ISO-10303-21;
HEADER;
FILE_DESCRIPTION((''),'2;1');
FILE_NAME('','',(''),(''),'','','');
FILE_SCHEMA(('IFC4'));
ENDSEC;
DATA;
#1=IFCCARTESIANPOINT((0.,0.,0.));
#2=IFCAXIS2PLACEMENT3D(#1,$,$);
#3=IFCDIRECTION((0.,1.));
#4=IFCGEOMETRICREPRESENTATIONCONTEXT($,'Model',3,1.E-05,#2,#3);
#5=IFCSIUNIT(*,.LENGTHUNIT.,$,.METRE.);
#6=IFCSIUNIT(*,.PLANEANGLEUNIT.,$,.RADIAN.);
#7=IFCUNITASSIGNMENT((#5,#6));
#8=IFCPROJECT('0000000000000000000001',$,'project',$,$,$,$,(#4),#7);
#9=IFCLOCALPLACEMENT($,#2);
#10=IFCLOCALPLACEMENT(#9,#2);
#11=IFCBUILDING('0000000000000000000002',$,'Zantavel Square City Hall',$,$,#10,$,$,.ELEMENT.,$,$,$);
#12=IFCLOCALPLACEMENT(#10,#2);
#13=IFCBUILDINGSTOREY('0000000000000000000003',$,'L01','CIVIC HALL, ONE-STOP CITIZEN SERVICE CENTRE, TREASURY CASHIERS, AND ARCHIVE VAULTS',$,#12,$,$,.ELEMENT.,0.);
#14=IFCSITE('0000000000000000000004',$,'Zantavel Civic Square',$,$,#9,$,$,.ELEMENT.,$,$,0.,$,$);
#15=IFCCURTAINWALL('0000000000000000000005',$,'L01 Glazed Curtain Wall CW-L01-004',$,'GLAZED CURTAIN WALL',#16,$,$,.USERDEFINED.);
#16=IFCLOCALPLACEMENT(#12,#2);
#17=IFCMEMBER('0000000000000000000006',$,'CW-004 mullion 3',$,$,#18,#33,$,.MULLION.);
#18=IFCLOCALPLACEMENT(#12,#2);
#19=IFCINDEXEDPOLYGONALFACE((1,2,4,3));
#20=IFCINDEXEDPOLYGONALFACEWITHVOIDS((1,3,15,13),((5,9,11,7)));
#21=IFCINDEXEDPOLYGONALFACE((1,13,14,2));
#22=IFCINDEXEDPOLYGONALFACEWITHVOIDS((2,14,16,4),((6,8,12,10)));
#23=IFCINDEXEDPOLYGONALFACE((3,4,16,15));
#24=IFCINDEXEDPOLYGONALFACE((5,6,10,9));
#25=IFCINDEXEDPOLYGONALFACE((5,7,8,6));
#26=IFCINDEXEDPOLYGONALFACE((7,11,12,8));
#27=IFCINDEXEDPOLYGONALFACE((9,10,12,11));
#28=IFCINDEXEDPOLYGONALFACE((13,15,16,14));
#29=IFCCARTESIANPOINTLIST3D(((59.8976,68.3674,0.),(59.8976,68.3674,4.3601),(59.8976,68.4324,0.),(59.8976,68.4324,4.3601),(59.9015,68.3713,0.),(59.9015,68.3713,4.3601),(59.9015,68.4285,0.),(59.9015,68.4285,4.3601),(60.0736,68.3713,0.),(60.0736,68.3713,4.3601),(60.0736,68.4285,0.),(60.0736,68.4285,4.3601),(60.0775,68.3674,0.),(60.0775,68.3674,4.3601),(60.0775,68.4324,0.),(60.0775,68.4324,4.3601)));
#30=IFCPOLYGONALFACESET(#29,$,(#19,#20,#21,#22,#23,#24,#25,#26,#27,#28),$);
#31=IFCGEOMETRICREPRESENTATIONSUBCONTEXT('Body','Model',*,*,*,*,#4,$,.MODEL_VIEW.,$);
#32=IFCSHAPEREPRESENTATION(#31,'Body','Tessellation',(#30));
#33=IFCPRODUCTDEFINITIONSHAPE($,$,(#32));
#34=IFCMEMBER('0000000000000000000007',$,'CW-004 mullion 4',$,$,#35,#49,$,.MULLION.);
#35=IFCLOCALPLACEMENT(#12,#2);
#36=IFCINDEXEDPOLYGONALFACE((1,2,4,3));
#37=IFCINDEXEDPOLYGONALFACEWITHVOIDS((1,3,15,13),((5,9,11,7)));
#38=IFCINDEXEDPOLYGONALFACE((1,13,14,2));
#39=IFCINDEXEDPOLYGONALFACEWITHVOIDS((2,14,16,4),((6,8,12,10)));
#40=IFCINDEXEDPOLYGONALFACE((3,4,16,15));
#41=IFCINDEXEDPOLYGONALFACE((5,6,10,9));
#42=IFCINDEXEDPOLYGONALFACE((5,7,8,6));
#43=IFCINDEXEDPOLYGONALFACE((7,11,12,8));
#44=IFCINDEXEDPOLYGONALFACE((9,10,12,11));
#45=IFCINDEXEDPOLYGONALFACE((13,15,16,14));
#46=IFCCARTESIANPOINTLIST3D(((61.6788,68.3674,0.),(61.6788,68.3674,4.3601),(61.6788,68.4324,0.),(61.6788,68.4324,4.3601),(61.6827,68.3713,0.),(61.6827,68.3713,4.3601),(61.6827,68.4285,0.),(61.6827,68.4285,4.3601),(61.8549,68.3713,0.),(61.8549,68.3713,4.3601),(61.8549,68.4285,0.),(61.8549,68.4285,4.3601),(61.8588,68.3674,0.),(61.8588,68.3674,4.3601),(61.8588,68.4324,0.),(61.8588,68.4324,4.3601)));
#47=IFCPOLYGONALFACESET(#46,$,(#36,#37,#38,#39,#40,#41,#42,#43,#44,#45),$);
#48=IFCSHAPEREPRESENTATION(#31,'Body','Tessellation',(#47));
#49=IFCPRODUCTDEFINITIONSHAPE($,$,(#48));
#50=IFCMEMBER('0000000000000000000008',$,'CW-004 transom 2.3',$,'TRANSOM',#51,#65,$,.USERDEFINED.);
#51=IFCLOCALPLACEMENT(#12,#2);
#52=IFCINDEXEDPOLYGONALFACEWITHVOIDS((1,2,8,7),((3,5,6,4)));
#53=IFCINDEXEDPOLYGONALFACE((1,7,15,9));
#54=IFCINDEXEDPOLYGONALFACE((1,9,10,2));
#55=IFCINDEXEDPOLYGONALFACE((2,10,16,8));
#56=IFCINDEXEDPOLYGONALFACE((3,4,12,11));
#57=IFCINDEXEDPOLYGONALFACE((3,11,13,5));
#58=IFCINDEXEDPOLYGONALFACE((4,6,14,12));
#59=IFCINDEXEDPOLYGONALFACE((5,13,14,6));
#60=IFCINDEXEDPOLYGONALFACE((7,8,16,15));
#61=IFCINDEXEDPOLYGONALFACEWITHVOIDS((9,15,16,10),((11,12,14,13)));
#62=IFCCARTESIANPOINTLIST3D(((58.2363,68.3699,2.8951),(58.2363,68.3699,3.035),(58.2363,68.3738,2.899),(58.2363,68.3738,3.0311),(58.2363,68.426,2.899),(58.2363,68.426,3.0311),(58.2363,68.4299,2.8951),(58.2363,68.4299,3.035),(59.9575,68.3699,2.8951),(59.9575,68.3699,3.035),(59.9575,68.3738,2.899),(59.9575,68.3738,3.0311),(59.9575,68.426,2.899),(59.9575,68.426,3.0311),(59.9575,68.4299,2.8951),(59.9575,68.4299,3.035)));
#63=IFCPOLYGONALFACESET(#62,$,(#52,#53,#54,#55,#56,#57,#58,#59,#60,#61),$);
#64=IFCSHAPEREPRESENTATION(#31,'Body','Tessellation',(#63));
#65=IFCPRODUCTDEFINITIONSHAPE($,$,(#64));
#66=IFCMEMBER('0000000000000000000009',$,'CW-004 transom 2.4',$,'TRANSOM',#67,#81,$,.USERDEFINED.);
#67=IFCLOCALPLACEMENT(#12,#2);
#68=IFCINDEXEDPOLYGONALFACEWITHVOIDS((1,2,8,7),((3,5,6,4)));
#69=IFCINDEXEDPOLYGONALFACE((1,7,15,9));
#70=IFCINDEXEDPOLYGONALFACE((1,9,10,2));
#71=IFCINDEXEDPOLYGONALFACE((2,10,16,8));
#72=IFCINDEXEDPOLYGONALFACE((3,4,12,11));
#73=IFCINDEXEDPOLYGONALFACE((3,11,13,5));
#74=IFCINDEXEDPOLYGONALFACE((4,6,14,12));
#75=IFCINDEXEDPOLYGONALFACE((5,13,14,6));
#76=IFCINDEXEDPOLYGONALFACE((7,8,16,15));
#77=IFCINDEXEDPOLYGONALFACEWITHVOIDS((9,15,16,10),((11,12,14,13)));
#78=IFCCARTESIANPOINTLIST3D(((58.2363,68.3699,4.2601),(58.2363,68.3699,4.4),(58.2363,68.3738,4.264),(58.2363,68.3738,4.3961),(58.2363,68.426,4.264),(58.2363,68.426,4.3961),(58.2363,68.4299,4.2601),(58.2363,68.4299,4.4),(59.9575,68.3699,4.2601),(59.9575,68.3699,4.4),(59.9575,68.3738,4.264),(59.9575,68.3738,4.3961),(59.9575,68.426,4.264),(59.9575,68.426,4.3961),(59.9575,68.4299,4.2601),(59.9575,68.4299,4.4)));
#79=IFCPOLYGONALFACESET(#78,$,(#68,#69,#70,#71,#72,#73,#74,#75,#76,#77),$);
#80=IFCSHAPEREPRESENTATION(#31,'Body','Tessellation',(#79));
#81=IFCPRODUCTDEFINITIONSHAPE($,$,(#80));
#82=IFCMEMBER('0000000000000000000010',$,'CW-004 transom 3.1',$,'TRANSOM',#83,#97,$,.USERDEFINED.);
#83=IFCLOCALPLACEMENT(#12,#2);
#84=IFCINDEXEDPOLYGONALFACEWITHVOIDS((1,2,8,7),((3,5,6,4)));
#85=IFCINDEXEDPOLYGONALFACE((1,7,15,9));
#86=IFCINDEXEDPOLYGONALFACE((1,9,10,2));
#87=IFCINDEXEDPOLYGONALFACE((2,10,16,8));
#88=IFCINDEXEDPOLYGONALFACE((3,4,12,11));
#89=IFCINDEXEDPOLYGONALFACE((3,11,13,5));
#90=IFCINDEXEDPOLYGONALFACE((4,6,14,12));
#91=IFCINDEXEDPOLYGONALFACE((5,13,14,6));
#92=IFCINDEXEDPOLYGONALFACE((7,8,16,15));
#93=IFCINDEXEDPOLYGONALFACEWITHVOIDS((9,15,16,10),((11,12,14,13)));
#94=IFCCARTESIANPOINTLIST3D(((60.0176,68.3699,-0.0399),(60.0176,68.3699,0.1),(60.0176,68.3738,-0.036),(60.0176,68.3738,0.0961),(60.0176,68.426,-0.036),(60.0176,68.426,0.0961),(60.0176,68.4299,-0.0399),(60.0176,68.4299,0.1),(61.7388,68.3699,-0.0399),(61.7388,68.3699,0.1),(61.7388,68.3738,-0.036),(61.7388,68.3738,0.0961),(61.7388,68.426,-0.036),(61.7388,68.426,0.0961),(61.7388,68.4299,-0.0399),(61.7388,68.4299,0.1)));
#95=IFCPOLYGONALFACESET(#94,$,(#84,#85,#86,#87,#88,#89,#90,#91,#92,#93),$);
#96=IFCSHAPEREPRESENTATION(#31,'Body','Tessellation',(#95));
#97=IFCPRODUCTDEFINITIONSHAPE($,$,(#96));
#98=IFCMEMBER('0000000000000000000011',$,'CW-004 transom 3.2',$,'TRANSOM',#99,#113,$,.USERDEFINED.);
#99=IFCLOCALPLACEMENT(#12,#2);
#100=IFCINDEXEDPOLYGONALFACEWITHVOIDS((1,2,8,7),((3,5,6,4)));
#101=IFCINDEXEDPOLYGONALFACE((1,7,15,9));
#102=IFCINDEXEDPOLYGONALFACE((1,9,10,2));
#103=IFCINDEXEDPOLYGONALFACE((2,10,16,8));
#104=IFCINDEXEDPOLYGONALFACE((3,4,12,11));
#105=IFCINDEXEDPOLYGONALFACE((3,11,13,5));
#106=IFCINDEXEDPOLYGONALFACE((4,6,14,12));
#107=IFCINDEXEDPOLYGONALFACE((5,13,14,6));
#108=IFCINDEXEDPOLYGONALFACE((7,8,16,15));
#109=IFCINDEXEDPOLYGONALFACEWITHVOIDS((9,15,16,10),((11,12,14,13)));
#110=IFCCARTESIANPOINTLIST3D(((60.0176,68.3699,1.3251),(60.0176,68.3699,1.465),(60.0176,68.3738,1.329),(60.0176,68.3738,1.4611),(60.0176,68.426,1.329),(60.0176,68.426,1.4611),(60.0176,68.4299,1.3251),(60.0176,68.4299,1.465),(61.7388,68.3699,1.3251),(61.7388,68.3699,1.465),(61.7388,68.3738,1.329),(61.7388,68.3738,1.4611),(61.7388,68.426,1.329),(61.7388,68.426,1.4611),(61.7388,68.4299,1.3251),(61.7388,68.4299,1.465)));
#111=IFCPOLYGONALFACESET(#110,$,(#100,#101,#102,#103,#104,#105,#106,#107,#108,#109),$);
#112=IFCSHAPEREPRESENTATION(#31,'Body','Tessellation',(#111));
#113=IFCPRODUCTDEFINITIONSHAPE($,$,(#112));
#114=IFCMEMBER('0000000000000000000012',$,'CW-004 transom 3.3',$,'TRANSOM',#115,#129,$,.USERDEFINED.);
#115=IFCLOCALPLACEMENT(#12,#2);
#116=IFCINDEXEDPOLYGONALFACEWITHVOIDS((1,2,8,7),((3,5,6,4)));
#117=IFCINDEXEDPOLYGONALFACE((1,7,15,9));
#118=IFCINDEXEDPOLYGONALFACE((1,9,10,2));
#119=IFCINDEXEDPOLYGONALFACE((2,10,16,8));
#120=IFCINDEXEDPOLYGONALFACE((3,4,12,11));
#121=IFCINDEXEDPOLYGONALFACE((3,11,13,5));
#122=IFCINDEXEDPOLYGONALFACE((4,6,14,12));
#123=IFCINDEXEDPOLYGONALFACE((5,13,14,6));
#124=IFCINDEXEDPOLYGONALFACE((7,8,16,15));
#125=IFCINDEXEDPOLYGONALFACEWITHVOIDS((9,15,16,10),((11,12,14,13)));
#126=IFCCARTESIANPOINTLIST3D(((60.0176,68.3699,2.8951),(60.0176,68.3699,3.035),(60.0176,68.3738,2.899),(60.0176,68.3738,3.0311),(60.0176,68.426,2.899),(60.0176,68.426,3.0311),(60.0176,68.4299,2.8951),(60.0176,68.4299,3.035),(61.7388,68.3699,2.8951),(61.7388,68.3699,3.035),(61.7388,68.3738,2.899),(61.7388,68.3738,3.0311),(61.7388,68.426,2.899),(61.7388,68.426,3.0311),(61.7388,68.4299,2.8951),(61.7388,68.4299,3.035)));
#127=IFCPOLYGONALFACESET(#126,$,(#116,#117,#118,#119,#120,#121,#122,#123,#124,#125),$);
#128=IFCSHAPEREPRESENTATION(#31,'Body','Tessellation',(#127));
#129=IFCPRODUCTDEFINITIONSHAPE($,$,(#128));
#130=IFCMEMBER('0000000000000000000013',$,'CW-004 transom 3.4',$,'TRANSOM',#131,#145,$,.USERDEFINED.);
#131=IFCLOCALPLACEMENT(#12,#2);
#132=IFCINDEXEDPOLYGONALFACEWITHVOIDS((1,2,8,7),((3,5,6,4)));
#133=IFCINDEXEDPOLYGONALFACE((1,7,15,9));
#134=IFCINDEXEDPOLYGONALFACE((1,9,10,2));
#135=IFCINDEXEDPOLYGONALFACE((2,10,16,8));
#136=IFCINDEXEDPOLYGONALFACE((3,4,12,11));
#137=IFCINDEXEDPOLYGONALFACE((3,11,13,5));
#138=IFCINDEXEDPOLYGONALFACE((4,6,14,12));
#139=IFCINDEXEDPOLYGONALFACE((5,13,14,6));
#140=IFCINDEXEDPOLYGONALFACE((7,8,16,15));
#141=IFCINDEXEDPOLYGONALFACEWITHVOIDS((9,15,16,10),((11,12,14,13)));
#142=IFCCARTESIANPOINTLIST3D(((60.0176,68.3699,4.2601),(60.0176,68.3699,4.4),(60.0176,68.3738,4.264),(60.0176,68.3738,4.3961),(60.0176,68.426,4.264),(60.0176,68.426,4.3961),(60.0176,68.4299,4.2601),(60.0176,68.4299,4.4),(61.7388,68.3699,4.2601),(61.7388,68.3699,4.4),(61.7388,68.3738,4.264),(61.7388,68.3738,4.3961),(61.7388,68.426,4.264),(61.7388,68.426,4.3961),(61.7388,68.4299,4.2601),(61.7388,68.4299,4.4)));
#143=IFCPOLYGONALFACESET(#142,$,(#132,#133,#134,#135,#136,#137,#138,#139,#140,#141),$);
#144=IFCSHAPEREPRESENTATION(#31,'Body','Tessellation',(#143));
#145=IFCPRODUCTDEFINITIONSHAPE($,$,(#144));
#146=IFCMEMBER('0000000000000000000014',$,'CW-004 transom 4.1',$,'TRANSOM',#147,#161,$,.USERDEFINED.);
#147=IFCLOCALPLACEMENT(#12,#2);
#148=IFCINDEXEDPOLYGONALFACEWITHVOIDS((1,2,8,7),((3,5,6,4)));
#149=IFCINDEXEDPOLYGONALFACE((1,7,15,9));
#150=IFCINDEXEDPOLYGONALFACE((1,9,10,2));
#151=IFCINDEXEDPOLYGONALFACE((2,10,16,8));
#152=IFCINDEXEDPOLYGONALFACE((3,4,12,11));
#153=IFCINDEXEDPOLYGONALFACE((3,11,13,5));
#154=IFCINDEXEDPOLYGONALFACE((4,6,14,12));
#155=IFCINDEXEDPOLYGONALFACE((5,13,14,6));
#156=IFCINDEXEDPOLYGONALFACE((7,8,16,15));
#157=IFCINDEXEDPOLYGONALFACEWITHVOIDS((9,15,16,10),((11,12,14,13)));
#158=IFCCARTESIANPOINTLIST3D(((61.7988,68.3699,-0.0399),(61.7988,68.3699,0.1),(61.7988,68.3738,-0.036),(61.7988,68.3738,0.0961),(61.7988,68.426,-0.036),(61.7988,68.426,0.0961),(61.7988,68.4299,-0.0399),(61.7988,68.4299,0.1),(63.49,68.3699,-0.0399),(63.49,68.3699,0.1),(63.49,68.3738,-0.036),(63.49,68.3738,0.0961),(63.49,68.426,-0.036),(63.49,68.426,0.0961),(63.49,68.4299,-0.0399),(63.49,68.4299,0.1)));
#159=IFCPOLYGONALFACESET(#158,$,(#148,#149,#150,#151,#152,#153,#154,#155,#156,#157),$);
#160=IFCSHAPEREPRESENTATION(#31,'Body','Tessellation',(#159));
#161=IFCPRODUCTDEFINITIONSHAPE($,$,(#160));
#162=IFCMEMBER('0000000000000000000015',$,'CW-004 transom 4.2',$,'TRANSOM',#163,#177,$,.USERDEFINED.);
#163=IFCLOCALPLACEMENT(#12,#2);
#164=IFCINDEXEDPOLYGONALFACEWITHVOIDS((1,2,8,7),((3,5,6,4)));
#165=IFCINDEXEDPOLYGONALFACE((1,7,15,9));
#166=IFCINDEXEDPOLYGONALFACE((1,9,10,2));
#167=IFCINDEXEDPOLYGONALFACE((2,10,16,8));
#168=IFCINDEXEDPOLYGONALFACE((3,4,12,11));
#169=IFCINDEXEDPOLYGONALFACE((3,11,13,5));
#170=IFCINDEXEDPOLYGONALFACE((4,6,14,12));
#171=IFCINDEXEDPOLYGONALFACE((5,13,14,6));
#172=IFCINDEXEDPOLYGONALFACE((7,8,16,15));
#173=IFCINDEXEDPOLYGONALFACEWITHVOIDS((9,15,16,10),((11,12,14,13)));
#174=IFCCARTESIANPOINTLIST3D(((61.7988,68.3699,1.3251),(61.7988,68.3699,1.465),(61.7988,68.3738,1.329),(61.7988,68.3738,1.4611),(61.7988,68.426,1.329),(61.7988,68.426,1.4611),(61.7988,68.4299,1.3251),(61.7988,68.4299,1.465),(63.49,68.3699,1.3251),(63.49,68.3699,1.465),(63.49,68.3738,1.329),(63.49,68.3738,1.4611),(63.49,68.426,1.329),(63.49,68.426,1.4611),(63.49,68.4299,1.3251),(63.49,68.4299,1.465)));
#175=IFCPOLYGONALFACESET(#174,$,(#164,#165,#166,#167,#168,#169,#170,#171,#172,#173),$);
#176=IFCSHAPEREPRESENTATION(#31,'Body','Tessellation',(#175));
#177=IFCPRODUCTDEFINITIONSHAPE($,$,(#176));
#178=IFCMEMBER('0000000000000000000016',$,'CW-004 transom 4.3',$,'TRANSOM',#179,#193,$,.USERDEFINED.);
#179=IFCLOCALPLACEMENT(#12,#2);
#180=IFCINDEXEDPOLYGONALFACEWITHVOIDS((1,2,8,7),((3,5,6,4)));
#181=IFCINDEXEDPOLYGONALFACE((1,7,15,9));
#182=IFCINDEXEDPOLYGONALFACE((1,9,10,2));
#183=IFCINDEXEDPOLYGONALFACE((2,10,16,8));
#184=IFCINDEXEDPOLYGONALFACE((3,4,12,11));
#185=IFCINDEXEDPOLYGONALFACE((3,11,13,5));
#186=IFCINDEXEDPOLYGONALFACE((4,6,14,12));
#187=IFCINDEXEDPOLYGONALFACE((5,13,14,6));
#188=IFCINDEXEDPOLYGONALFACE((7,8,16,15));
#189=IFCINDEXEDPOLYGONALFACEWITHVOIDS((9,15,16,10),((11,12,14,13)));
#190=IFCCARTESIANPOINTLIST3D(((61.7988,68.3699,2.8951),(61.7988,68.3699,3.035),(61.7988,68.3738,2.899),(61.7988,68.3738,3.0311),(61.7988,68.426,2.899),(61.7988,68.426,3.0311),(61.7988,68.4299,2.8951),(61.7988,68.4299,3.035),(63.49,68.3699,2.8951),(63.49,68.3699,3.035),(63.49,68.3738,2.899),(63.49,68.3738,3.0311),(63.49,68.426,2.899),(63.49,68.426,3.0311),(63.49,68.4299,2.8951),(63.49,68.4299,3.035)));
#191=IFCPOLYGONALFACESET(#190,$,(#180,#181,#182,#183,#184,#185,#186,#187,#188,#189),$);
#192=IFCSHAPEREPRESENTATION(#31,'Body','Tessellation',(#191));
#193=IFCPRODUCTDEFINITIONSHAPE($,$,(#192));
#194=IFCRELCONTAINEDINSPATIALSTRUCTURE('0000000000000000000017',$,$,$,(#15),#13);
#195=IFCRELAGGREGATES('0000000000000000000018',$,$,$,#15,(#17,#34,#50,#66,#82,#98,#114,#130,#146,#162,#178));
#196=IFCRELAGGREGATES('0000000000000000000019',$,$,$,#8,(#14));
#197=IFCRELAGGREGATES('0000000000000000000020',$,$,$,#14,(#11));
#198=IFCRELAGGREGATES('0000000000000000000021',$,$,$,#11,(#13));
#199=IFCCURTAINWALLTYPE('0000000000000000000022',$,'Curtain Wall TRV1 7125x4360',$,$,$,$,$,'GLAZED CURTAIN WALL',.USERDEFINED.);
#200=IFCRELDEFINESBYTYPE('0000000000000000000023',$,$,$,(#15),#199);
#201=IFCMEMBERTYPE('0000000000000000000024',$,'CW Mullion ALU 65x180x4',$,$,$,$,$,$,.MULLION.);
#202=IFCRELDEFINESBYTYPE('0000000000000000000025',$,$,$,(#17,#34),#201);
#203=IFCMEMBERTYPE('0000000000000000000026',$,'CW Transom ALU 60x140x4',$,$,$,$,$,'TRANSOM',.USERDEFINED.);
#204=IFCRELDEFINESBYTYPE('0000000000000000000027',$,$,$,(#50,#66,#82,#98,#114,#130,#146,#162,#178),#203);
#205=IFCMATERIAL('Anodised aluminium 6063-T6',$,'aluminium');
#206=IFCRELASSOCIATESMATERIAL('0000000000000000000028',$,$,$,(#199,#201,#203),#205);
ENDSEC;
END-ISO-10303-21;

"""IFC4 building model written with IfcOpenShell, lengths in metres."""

from ifc_helpers import new_model, si_unit, direction, frame, origin, origin_2d, place, context, subcontext, project, spatial, hollow_rectangle, extrude, material, material_profile, profile_set, type_object, element, aggregate, save


model = new_model("IFC4")

# Units and contexts
model_context = context("Model", 3, precision=1e-05, world=origin(), true_north=direction((0.0, 1.0)))
body_context = subcontext(model_context, "Body", "Model", "MODEL_VIEW")
ifc_project = project(units=[si_unit("LENGTHUNIT", "METRE"), si_unit("PLANEANGLEUNIT", "RADIAN")], contexts=[model_context])

# Site, building, storey
site_placement = place(None, origin())
site = spatial("IfcSite", under=ifc_project, at=site_placement, Name="Zantavel Civic Square", CompositionType="ELEMENT", RefElevation=0.0)
building_placement = place(site_placement, origin())
building = spatial("IfcBuilding", under=site, at=building_placement, Name="Zantavel Square City Hall", CompositionType="ELEMENT")
storey_placement = place(building_placement, origin())
storey = spatial("IfcBuildingStorey", under=building, at=storey_placement, Name="L01", Description="CIVIC HALL, ONE-STOP CITIZEN SERVICE CENTRE, TREASURY CASHIERS, AND ARCHIVE VAULTS", CompositionType="ELEMENT", Elevation=0.0)

# Curtain wall, members
ifc_material_1 = material(Name="Anodised aluminium 6063-T6", Category="aluminium")
curtain_wall_type = type_object("IfcCurtainWallType", Name="Curtain Wall TRV1 7125x4360", ElementType="GLAZED CURTAIN WALL", PredefinedType="USERDEFINED", material=ifc_material_1)
curtain_wall_placement = place(storey_placement, origin())
curtain_wall = element("IfcCurtainWall", 1, at=curtain_wall_placement, inside=storey, type_object=curtain_wall_type, Name="L01 Glazed Curtain Wall CW-L01-004", ObjectType="GLAZED CURTAIN WALL", PredefinedType="USERDEFINED")
ifc_material_profile_1 = material_profile(ifc_material_1, hollow_rectangle(XDim=0.0649, YDim=0.1799, WallThickness=0.0039, at=origin_2d()), Name="ALU 65x180x4")
ifc_profile_set_1 = profile_set([ifc_material_profile_1], Name="Anodised aluminium 6063-T6")
member_type_1 = type_object("IfcMemberType", Name="CW Mullion ALU 65x180x4", PredefinedType="MULLION", material=ifc_profile_set_1)
member_1_placement = place(storey_placement, frame((59.9875, 68.3999, 0.0), z_axis=(0.0, 0.0, 1.0), x_axis=(0.0, 1.0, 0.0)))
member_1 = element("IfcMember", 2, at=member_1_placement, type_object=member_type_1, Name="CW-004 mullion 3", PredefinedType="MULLION", context=body_context, shape_type="SweptSolid", body=[
    extrude(hollow_rectangle(XDim=0.0649, YDim=0.1799, WallThickness=0.0039, at=origin_2d()), origin(), (0.0, 0.0, 1.0), 4.3601),
])
member_2_placement = place(storey_placement, frame((61.7688, 68.3999, 0.0), z_axis=(0.0, 0.0, 1.0), x_axis=(0.0, 1.0, 0.0)))
member_2 = element("IfcMember", 3, at=member_2_placement, type_object=member_type_1, Name="CW-004 mullion 4", PredefinedType="MULLION", context=body_context, shape_type="SweptSolid", body=[
    extrude(hollow_rectangle(XDim=0.0649, YDim=0.1799, WallThickness=0.0039, at=origin_2d()), origin(), (0.0, 0.0, 1.0), 4.3601),
])
ifc_material_profile_2 = material_profile(ifc_material_1, hollow_rectangle(XDim=0.0601, YDim=0.1399, WallThickness=0.0039, at=origin_2d()), Name="ALU 60x140x4")
ifc_profile_set_2 = profile_set([ifc_material_profile_2], Name="Anodised aluminium 6063-T6")
member_type_2 = type_object("IfcMemberType", Name="CW Transom ALU 60x140x4", ElementType="TRANSOM", PredefinedType="USERDEFINED", material=ifc_profile_set_2)
member_3_placement = place(storey_placement, frame((58.2363, 68.3999, 2.9651), z_axis=(1.0, 0.0, 0.0), x_axis=(0.0, 1.0, 0.0)))
member_3 = element("IfcMember", 4, at=member_3_placement, type_object=member_type_2, Name="CW-004 transom 2.3", ObjectType="TRANSOM", PredefinedType="USERDEFINED", context=body_context, shape_type="SweptSolid", body=[
    extrude(hollow_rectangle(XDim=0.0601, YDim=0.1399, WallThickness=0.0039, at=origin_2d()), origin(), (0.0, 0.0, 1.0), 1.7212),
])
member_4_placement = place(storey_placement, frame((58.2363, 68.3999, 4.3301), z_axis=(1.0, 0.0, 0.0), x_axis=(0.0, 1.0, 0.0)))
member_4 = element("IfcMember", 5, at=member_4_placement, type_object=member_type_2, Name="CW-004 transom 2.4", ObjectType="TRANSOM", PredefinedType="USERDEFINED", context=body_context, shape_type="SweptSolid", body=[
    extrude(hollow_rectangle(XDim=0.0601, YDim=0.1399, WallThickness=0.0039, at=origin_2d()), origin(), (0.0, 0.0, 1.0), 1.7212),
])
member_5_placement = place(storey_placement, frame((60.0176, 68.3999, 0.03), z_axis=(1.0, 0.0, 0.0), x_axis=(0.0, 1.0, 0.0)))
member_5 = element("IfcMember", 6, at=member_5_placement, type_object=member_type_2, Name="CW-004 transom 3.1", ObjectType="TRANSOM", PredefinedType="USERDEFINED", context=body_context, shape_type="SweptSolid", body=[
    extrude(hollow_rectangle(XDim=0.0601, YDim=0.1399, WallThickness=0.0039, at=origin_2d()), origin(), (0.0, 0.0, 1.0), 1.7212),
])
member_6_placement = place(storey_placement, frame((60.0176, 68.3999, 1.395), z_axis=(1.0, 0.0, 0.0), x_axis=(0.0, 1.0, 0.0)))
member_6 = element("IfcMember", 7, at=member_6_placement, type_object=member_type_2, Name="CW-004 transom 3.2", ObjectType="TRANSOM", PredefinedType="USERDEFINED", context=body_context, shape_type="SweptSolid", body=[
    extrude(hollow_rectangle(XDim=0.0601, YDim=0.1399, WallThickness=0.0039, at=origin_2d()), origin(), (0.0, 0.0, 1.0), 1.7212),
])
member_7_placement = place(storey_placement, frame((60.0176, 68.3999, 2.9651), z_axis=(1.0, 0.0, 0.0), x_axis=(0.0, 1.0, 0.0)))
member_7 = element("IfcMember", 8, at=member_7_placement, type_object=member_type_2, Name="CW-004 transom 3.3", ObjectType="TRANSOM", PredefinedType="USERDEFINED", context=body_context, shape_type="SweptSolid", body=[
    extrude(hollow_rectangle(XDim=0.0601, YDim=0.1399, WallThickness=0.0039, at=origin_2d()), origin(), (0.0, 0.0, 1.0), 1.7212),
])
member_8_placement = place(storey_placement, frame((60.0176, 68.3999, 4.3301), z_axis=(1.0, 0.0, 0.0), x_axis=(0.0, 1.0, 0.0)))
member_8 = element("IfcMember", 9, at=member_8_placement, type_object=member_type_2, Name="CW-004 transom 3.4", ObjectType="TRANSOM", PredefinedType="USERDEFINED", context=body_context, shape_type="SweptSolid", body=[
    extrude(hollow_rectangle(XDim=0.0601, YDim=0.1399, WallThickness=0.0039, at=origin_2d()), origin(), (0.0, 0.0, 1.0), 1.7212),
])
member_9_placement = place(storey_placement, frame((61.7988, 68.3999, 0.03), z_axis=(1.0, 0.0, 0.0), x_axis=(0.0, 1.0, 0.0)))
member_9 = element("IfcMember", 10, at=member_9_placement, type_object=member_type_2, Name="CW-004 transom 4.1", ObjectType="TRANSOM", PredefinedType="USERDEFINED", context=body_context, shape_type="SweptSolid", body=[
    extrude(hollow_rectangle(XDim=0.0601, YDim=0.1399, WallThickness=0.0039, at=origin_2d()), origin(), (0.0, 0.0, 1.0), 1.6912),
])
member_10_placement = place(storey_placement, frame((61.7988, 68.3999, 1.395), z_axis=(1.0, 0.0, 0.0), x_axis=(0.0, 1.0, 0.0)))
member_10 = element("IfcMember", 11, at=member_10_placement, type_object=member_type_2, Name="CW-004 transom 4.2", ObjectType="TRANSOM", PredefinedType="USERDEFINED", context=body_context, shape_type="SweptSolid", body=[
    extrude(hollow_rectangle(XDim=0.0601, YDim=0.1399, WallThickness=0.0039, at=origin_2d()), origin(), (0.0, 0.0, 1.0), 1.6912),
])
member_11_placement = place(storey_placement, frame((61.7988, 68.3999, 2.9651), z_axis=(1.0, 0.0, 0.0), x_axis=(0.0, 1.0, 0.0)))
member_11 = element("IfcMember", 12, at=member_11_placement, type_object=member_type_2, Name="CW-004 transom 4.3", ObjectType="TRANSOM", PredefinedType="USERDEFINED", context=body_context, shape_type="SweptSolid", body=[
    extrude(hollow_rectangle(XDim=0.0601, YDim=0.1399, WallThickness=0.0039, at=origin_2d()), origin(), (0.0, 0.0, 1.0), 1.6912),
])
aggregate(curtain_wall, [member_1, member_2, member_3, member_4, member_5, member_6, member_7, member_8, member_9, member_10, member_11])

save(model, "model.ifc")
